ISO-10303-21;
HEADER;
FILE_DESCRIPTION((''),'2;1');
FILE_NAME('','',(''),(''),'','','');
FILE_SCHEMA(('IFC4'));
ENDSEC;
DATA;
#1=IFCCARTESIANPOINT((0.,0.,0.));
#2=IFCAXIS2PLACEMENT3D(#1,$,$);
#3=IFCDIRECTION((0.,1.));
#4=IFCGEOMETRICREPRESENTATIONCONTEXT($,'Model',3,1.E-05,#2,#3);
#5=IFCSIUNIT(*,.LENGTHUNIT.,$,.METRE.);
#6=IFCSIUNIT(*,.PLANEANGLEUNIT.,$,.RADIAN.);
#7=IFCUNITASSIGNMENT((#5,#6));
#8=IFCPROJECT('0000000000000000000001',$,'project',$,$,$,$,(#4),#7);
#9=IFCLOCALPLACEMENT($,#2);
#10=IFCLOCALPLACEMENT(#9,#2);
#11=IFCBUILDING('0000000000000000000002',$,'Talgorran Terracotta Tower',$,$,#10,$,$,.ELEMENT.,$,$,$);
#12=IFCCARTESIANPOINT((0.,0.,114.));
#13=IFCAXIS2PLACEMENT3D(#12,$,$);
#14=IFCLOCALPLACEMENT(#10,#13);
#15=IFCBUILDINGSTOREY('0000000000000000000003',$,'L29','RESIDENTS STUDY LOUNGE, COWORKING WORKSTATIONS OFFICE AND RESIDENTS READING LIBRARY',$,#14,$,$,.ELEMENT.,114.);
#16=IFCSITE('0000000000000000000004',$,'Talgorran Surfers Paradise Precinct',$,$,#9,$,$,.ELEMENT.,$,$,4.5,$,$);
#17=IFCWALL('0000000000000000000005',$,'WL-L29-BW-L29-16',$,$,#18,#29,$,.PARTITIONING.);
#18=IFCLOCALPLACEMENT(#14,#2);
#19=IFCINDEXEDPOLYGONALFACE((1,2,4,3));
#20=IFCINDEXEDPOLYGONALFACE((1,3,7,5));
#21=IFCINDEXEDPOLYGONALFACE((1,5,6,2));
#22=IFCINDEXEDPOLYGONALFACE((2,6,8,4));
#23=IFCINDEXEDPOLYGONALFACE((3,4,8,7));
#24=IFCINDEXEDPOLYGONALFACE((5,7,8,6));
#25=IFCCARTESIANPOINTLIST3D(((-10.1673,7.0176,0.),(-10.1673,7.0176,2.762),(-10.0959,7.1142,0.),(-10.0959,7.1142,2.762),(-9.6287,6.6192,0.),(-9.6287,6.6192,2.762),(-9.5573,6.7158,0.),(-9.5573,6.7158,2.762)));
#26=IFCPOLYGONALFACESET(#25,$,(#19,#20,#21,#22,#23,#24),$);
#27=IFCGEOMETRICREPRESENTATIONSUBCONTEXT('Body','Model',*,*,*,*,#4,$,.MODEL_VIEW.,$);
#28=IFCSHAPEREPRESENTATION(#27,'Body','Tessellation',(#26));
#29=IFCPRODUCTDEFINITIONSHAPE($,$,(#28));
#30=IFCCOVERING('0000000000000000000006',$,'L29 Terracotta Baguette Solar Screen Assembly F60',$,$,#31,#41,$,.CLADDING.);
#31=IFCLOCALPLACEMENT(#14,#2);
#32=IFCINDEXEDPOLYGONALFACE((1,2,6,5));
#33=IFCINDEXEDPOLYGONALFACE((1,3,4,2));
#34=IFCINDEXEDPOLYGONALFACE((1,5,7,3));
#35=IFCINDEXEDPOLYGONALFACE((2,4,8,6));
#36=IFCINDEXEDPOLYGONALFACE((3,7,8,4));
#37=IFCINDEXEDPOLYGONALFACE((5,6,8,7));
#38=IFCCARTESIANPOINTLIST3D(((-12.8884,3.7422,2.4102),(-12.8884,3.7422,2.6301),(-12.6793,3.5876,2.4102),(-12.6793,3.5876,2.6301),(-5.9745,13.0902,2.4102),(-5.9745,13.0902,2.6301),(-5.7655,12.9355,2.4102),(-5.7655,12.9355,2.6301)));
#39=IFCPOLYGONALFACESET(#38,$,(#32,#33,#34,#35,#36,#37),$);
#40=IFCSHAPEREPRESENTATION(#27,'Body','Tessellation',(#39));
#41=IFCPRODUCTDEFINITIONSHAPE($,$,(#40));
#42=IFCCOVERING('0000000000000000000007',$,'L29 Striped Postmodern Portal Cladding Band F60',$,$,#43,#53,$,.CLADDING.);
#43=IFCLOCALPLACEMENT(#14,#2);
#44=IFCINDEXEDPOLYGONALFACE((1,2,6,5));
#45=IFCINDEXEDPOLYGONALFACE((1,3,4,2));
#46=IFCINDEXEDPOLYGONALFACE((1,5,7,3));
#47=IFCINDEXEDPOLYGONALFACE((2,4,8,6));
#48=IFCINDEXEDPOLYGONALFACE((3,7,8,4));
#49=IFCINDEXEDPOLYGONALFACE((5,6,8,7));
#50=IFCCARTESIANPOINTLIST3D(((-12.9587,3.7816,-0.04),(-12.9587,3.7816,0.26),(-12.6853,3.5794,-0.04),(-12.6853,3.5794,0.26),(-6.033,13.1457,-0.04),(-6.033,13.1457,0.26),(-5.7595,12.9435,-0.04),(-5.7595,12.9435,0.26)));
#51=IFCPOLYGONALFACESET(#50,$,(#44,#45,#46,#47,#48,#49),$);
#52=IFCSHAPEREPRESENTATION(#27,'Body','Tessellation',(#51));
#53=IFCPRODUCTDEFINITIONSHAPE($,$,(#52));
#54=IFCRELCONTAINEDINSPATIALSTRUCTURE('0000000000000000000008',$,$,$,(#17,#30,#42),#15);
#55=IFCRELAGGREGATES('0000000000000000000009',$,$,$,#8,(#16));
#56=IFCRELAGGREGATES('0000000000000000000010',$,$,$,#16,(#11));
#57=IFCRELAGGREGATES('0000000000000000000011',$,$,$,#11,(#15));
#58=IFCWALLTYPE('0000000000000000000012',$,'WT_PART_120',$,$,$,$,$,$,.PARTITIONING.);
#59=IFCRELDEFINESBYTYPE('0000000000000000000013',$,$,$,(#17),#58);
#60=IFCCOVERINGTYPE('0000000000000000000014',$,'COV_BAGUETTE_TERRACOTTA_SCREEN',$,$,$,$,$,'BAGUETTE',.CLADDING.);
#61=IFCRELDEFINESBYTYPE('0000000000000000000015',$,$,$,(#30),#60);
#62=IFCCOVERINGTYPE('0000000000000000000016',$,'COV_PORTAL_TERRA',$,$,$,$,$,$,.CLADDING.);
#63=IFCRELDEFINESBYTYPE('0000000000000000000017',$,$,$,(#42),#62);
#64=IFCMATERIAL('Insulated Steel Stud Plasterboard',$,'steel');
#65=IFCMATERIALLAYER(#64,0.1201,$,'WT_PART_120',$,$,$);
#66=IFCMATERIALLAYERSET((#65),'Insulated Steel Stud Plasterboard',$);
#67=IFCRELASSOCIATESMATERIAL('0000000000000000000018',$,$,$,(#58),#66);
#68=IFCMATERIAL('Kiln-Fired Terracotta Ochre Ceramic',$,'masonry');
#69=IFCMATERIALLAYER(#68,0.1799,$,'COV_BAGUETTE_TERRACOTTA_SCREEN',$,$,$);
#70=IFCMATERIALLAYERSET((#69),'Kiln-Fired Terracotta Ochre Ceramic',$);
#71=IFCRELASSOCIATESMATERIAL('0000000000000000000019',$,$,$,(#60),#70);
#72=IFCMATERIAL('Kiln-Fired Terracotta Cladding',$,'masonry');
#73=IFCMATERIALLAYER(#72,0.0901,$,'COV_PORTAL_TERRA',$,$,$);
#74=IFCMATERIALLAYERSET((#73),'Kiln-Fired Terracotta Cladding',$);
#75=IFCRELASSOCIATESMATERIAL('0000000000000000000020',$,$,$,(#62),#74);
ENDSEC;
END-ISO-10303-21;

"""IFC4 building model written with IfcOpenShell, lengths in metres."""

from ifc_helpers import new_model, si_unit, direction, frame, frame_2d, origin, origin_2d, place, context, subcontext, project, spatial, rectangle, extrude, material, layer, layer_set, type_object, element, save


model = new_model("IFC4")

# Units and contexts
model_context = context("Model", 3, precision=1e-05, world=origin(), true_north=direction((0.0, 1.0)))
body_context = subcontext(model_context, "Body", "Model", "MODEL_VIEW")
ifc_project = project(units=[si_unit("LENGTHUNIT", "METRE"), si_unit("PLANEANGLEUNIT", "RADIAN")], contexts=[model_context])

# Site, building, storey
site_placement = place(None, origin())
site = spatial("IfcSite", under=ifc_project, at=site_placement, Name="Talgorran Surfers Paradise Precinct", CompositionType="ELEMENT", RefElevation=4.5)
building_placement = place(site_placement, origin())
building = spatial("IfcBuilding", under=site, at=building_placement, Name="Talgorran Terracotta Tower", CompositionType="ELEMENT")
storey_placement = place(building_placement, frame((0.0, 0.0, 114.0)))
storey = spatial("IfcBuildingStorey", under=building, at=storey_placement, Name="L29", Description="RESIDENTS STUDY LOUNGE, COWORKING WORKSTATIONS OFFICE AND RESIDENTS READING LIBRARY", CompositionType="ELEMENT", Elevation=114.0)

# Wall
ifc_material_1 = material(Name="Insulated Steel Stud Plasterboard", Category="steel")
ifc_layer_1 = layer(ifc_material_1, 0.1201, Name="WT_PART_120")
ifc_layer_set_1 = layer_set([ifc_layer_1], Name="Insulated Steel Stud Plasterboard")
wall_type_1 = type_object("IfcWallType", Name="WT_PART_120", PredefinedType="PARTITIONING", material=ifc_layer_set_1)
wall_1_placement = place(storey_placement, frame((-9.593, 6.6675, 0.0), z_axis=(0.0, 0.0, 1.0), x_axis=(-0.803919, 0.594739, 0.0)))
element("IfcWall", 1, at=wall_1_placement, inside=storey, type_object=wall_type_1, Name="WL-L29-BW-L29-16", PredefinedType="PARTITIONING", context=body_context, shape_type="SweptSolid", body=[
    extrude(rectangle(XDim=0.6699, YDim=0.1201, at=frame_2d((0.335, 0.0))), origin(), (0.0, 0.0, 1.0), 2.762),
])

# Coverings
ifc_material_2 = material(Name="Kiln-Fired Terracotta Ochre Ceramic", Category="masonry")
ifc_layer_2 = layer(ifc_material_2, 0.1799, Name="COV_BAGUETTE_TERRACOTTA_SCREEN")
ifc_layer_set_2 = layer_set([ifc_layer_2], Name="Kiln-Fired Terracotta Ochre Ceramic")
covering_type_1 = type_object("IfcCoveringType", Name="COV_BAGUETTE_TERRACOTTA_SCREEN", ElementType="BAGUETTE", PredefinedType="CLADDING", material=ifc_layer_set_2)
covering_1_placement = place(storey_placement, frame((-9.3269, 8.3389, 2.4102), z_axis=(0.0, 0.0, 1.0), x_axis=(-0.59464, -0.803992, 0.0)))
element("IfcCovering", 2, at=covering_1_placement, inside=storey, type_object=covering_type_1, Name="L29 Terracotta Baguette Solar Screen Assembly F60", PredefinedType="CLADDING", context=body_context, shape_type="SweptSolid", body=[
    extrude(rectangle(XDim=11.627, YDim=0.26, at=origin_2d()), origin(), (0.0, 0.0, 1.0), 0.22),
])
ifc_material_3 = material(Name="Kiln-Fired Terracotta Cladding", Category="masonry")
ifc_layer_3 = layer(ifc_material_3, 0.0901, Name="COV_PORTAL_TERRA")
ifc_layer_set_3 = layer_set([ifc_layer_3], Name="Kiln-Fired Terracotta Cladding")
covering_type_2 = type_object("IfcCoveringType", Name="COV_PORTAL_TERRA", PredefinedType="CLADDING", material=ifc_layer_set_3)
covering_2_placement = place(storey_placement, frame((-9.3591, 8.3625, -0.04), z_axis=(0.0, 0.0, 1.0), x_axis=(-0.59464, -0.803992, 0.0)))
element("IfcCovering", 3, at=covering_2_placement, inside=storey, type_object=covering_type_2, Name="L29 Striped Postmodern Portal Cladding Band F60", PredefinedType="CLADDING", context=body_context, shape_type="SweptSolid", body=[
    extrude(rectangle(XDim=11.647, YDim=0.3401, at=origin_2d()), origin(), (0.0, 0.0, 1.0), 0.3),
])

save(model, "model.ifc")
